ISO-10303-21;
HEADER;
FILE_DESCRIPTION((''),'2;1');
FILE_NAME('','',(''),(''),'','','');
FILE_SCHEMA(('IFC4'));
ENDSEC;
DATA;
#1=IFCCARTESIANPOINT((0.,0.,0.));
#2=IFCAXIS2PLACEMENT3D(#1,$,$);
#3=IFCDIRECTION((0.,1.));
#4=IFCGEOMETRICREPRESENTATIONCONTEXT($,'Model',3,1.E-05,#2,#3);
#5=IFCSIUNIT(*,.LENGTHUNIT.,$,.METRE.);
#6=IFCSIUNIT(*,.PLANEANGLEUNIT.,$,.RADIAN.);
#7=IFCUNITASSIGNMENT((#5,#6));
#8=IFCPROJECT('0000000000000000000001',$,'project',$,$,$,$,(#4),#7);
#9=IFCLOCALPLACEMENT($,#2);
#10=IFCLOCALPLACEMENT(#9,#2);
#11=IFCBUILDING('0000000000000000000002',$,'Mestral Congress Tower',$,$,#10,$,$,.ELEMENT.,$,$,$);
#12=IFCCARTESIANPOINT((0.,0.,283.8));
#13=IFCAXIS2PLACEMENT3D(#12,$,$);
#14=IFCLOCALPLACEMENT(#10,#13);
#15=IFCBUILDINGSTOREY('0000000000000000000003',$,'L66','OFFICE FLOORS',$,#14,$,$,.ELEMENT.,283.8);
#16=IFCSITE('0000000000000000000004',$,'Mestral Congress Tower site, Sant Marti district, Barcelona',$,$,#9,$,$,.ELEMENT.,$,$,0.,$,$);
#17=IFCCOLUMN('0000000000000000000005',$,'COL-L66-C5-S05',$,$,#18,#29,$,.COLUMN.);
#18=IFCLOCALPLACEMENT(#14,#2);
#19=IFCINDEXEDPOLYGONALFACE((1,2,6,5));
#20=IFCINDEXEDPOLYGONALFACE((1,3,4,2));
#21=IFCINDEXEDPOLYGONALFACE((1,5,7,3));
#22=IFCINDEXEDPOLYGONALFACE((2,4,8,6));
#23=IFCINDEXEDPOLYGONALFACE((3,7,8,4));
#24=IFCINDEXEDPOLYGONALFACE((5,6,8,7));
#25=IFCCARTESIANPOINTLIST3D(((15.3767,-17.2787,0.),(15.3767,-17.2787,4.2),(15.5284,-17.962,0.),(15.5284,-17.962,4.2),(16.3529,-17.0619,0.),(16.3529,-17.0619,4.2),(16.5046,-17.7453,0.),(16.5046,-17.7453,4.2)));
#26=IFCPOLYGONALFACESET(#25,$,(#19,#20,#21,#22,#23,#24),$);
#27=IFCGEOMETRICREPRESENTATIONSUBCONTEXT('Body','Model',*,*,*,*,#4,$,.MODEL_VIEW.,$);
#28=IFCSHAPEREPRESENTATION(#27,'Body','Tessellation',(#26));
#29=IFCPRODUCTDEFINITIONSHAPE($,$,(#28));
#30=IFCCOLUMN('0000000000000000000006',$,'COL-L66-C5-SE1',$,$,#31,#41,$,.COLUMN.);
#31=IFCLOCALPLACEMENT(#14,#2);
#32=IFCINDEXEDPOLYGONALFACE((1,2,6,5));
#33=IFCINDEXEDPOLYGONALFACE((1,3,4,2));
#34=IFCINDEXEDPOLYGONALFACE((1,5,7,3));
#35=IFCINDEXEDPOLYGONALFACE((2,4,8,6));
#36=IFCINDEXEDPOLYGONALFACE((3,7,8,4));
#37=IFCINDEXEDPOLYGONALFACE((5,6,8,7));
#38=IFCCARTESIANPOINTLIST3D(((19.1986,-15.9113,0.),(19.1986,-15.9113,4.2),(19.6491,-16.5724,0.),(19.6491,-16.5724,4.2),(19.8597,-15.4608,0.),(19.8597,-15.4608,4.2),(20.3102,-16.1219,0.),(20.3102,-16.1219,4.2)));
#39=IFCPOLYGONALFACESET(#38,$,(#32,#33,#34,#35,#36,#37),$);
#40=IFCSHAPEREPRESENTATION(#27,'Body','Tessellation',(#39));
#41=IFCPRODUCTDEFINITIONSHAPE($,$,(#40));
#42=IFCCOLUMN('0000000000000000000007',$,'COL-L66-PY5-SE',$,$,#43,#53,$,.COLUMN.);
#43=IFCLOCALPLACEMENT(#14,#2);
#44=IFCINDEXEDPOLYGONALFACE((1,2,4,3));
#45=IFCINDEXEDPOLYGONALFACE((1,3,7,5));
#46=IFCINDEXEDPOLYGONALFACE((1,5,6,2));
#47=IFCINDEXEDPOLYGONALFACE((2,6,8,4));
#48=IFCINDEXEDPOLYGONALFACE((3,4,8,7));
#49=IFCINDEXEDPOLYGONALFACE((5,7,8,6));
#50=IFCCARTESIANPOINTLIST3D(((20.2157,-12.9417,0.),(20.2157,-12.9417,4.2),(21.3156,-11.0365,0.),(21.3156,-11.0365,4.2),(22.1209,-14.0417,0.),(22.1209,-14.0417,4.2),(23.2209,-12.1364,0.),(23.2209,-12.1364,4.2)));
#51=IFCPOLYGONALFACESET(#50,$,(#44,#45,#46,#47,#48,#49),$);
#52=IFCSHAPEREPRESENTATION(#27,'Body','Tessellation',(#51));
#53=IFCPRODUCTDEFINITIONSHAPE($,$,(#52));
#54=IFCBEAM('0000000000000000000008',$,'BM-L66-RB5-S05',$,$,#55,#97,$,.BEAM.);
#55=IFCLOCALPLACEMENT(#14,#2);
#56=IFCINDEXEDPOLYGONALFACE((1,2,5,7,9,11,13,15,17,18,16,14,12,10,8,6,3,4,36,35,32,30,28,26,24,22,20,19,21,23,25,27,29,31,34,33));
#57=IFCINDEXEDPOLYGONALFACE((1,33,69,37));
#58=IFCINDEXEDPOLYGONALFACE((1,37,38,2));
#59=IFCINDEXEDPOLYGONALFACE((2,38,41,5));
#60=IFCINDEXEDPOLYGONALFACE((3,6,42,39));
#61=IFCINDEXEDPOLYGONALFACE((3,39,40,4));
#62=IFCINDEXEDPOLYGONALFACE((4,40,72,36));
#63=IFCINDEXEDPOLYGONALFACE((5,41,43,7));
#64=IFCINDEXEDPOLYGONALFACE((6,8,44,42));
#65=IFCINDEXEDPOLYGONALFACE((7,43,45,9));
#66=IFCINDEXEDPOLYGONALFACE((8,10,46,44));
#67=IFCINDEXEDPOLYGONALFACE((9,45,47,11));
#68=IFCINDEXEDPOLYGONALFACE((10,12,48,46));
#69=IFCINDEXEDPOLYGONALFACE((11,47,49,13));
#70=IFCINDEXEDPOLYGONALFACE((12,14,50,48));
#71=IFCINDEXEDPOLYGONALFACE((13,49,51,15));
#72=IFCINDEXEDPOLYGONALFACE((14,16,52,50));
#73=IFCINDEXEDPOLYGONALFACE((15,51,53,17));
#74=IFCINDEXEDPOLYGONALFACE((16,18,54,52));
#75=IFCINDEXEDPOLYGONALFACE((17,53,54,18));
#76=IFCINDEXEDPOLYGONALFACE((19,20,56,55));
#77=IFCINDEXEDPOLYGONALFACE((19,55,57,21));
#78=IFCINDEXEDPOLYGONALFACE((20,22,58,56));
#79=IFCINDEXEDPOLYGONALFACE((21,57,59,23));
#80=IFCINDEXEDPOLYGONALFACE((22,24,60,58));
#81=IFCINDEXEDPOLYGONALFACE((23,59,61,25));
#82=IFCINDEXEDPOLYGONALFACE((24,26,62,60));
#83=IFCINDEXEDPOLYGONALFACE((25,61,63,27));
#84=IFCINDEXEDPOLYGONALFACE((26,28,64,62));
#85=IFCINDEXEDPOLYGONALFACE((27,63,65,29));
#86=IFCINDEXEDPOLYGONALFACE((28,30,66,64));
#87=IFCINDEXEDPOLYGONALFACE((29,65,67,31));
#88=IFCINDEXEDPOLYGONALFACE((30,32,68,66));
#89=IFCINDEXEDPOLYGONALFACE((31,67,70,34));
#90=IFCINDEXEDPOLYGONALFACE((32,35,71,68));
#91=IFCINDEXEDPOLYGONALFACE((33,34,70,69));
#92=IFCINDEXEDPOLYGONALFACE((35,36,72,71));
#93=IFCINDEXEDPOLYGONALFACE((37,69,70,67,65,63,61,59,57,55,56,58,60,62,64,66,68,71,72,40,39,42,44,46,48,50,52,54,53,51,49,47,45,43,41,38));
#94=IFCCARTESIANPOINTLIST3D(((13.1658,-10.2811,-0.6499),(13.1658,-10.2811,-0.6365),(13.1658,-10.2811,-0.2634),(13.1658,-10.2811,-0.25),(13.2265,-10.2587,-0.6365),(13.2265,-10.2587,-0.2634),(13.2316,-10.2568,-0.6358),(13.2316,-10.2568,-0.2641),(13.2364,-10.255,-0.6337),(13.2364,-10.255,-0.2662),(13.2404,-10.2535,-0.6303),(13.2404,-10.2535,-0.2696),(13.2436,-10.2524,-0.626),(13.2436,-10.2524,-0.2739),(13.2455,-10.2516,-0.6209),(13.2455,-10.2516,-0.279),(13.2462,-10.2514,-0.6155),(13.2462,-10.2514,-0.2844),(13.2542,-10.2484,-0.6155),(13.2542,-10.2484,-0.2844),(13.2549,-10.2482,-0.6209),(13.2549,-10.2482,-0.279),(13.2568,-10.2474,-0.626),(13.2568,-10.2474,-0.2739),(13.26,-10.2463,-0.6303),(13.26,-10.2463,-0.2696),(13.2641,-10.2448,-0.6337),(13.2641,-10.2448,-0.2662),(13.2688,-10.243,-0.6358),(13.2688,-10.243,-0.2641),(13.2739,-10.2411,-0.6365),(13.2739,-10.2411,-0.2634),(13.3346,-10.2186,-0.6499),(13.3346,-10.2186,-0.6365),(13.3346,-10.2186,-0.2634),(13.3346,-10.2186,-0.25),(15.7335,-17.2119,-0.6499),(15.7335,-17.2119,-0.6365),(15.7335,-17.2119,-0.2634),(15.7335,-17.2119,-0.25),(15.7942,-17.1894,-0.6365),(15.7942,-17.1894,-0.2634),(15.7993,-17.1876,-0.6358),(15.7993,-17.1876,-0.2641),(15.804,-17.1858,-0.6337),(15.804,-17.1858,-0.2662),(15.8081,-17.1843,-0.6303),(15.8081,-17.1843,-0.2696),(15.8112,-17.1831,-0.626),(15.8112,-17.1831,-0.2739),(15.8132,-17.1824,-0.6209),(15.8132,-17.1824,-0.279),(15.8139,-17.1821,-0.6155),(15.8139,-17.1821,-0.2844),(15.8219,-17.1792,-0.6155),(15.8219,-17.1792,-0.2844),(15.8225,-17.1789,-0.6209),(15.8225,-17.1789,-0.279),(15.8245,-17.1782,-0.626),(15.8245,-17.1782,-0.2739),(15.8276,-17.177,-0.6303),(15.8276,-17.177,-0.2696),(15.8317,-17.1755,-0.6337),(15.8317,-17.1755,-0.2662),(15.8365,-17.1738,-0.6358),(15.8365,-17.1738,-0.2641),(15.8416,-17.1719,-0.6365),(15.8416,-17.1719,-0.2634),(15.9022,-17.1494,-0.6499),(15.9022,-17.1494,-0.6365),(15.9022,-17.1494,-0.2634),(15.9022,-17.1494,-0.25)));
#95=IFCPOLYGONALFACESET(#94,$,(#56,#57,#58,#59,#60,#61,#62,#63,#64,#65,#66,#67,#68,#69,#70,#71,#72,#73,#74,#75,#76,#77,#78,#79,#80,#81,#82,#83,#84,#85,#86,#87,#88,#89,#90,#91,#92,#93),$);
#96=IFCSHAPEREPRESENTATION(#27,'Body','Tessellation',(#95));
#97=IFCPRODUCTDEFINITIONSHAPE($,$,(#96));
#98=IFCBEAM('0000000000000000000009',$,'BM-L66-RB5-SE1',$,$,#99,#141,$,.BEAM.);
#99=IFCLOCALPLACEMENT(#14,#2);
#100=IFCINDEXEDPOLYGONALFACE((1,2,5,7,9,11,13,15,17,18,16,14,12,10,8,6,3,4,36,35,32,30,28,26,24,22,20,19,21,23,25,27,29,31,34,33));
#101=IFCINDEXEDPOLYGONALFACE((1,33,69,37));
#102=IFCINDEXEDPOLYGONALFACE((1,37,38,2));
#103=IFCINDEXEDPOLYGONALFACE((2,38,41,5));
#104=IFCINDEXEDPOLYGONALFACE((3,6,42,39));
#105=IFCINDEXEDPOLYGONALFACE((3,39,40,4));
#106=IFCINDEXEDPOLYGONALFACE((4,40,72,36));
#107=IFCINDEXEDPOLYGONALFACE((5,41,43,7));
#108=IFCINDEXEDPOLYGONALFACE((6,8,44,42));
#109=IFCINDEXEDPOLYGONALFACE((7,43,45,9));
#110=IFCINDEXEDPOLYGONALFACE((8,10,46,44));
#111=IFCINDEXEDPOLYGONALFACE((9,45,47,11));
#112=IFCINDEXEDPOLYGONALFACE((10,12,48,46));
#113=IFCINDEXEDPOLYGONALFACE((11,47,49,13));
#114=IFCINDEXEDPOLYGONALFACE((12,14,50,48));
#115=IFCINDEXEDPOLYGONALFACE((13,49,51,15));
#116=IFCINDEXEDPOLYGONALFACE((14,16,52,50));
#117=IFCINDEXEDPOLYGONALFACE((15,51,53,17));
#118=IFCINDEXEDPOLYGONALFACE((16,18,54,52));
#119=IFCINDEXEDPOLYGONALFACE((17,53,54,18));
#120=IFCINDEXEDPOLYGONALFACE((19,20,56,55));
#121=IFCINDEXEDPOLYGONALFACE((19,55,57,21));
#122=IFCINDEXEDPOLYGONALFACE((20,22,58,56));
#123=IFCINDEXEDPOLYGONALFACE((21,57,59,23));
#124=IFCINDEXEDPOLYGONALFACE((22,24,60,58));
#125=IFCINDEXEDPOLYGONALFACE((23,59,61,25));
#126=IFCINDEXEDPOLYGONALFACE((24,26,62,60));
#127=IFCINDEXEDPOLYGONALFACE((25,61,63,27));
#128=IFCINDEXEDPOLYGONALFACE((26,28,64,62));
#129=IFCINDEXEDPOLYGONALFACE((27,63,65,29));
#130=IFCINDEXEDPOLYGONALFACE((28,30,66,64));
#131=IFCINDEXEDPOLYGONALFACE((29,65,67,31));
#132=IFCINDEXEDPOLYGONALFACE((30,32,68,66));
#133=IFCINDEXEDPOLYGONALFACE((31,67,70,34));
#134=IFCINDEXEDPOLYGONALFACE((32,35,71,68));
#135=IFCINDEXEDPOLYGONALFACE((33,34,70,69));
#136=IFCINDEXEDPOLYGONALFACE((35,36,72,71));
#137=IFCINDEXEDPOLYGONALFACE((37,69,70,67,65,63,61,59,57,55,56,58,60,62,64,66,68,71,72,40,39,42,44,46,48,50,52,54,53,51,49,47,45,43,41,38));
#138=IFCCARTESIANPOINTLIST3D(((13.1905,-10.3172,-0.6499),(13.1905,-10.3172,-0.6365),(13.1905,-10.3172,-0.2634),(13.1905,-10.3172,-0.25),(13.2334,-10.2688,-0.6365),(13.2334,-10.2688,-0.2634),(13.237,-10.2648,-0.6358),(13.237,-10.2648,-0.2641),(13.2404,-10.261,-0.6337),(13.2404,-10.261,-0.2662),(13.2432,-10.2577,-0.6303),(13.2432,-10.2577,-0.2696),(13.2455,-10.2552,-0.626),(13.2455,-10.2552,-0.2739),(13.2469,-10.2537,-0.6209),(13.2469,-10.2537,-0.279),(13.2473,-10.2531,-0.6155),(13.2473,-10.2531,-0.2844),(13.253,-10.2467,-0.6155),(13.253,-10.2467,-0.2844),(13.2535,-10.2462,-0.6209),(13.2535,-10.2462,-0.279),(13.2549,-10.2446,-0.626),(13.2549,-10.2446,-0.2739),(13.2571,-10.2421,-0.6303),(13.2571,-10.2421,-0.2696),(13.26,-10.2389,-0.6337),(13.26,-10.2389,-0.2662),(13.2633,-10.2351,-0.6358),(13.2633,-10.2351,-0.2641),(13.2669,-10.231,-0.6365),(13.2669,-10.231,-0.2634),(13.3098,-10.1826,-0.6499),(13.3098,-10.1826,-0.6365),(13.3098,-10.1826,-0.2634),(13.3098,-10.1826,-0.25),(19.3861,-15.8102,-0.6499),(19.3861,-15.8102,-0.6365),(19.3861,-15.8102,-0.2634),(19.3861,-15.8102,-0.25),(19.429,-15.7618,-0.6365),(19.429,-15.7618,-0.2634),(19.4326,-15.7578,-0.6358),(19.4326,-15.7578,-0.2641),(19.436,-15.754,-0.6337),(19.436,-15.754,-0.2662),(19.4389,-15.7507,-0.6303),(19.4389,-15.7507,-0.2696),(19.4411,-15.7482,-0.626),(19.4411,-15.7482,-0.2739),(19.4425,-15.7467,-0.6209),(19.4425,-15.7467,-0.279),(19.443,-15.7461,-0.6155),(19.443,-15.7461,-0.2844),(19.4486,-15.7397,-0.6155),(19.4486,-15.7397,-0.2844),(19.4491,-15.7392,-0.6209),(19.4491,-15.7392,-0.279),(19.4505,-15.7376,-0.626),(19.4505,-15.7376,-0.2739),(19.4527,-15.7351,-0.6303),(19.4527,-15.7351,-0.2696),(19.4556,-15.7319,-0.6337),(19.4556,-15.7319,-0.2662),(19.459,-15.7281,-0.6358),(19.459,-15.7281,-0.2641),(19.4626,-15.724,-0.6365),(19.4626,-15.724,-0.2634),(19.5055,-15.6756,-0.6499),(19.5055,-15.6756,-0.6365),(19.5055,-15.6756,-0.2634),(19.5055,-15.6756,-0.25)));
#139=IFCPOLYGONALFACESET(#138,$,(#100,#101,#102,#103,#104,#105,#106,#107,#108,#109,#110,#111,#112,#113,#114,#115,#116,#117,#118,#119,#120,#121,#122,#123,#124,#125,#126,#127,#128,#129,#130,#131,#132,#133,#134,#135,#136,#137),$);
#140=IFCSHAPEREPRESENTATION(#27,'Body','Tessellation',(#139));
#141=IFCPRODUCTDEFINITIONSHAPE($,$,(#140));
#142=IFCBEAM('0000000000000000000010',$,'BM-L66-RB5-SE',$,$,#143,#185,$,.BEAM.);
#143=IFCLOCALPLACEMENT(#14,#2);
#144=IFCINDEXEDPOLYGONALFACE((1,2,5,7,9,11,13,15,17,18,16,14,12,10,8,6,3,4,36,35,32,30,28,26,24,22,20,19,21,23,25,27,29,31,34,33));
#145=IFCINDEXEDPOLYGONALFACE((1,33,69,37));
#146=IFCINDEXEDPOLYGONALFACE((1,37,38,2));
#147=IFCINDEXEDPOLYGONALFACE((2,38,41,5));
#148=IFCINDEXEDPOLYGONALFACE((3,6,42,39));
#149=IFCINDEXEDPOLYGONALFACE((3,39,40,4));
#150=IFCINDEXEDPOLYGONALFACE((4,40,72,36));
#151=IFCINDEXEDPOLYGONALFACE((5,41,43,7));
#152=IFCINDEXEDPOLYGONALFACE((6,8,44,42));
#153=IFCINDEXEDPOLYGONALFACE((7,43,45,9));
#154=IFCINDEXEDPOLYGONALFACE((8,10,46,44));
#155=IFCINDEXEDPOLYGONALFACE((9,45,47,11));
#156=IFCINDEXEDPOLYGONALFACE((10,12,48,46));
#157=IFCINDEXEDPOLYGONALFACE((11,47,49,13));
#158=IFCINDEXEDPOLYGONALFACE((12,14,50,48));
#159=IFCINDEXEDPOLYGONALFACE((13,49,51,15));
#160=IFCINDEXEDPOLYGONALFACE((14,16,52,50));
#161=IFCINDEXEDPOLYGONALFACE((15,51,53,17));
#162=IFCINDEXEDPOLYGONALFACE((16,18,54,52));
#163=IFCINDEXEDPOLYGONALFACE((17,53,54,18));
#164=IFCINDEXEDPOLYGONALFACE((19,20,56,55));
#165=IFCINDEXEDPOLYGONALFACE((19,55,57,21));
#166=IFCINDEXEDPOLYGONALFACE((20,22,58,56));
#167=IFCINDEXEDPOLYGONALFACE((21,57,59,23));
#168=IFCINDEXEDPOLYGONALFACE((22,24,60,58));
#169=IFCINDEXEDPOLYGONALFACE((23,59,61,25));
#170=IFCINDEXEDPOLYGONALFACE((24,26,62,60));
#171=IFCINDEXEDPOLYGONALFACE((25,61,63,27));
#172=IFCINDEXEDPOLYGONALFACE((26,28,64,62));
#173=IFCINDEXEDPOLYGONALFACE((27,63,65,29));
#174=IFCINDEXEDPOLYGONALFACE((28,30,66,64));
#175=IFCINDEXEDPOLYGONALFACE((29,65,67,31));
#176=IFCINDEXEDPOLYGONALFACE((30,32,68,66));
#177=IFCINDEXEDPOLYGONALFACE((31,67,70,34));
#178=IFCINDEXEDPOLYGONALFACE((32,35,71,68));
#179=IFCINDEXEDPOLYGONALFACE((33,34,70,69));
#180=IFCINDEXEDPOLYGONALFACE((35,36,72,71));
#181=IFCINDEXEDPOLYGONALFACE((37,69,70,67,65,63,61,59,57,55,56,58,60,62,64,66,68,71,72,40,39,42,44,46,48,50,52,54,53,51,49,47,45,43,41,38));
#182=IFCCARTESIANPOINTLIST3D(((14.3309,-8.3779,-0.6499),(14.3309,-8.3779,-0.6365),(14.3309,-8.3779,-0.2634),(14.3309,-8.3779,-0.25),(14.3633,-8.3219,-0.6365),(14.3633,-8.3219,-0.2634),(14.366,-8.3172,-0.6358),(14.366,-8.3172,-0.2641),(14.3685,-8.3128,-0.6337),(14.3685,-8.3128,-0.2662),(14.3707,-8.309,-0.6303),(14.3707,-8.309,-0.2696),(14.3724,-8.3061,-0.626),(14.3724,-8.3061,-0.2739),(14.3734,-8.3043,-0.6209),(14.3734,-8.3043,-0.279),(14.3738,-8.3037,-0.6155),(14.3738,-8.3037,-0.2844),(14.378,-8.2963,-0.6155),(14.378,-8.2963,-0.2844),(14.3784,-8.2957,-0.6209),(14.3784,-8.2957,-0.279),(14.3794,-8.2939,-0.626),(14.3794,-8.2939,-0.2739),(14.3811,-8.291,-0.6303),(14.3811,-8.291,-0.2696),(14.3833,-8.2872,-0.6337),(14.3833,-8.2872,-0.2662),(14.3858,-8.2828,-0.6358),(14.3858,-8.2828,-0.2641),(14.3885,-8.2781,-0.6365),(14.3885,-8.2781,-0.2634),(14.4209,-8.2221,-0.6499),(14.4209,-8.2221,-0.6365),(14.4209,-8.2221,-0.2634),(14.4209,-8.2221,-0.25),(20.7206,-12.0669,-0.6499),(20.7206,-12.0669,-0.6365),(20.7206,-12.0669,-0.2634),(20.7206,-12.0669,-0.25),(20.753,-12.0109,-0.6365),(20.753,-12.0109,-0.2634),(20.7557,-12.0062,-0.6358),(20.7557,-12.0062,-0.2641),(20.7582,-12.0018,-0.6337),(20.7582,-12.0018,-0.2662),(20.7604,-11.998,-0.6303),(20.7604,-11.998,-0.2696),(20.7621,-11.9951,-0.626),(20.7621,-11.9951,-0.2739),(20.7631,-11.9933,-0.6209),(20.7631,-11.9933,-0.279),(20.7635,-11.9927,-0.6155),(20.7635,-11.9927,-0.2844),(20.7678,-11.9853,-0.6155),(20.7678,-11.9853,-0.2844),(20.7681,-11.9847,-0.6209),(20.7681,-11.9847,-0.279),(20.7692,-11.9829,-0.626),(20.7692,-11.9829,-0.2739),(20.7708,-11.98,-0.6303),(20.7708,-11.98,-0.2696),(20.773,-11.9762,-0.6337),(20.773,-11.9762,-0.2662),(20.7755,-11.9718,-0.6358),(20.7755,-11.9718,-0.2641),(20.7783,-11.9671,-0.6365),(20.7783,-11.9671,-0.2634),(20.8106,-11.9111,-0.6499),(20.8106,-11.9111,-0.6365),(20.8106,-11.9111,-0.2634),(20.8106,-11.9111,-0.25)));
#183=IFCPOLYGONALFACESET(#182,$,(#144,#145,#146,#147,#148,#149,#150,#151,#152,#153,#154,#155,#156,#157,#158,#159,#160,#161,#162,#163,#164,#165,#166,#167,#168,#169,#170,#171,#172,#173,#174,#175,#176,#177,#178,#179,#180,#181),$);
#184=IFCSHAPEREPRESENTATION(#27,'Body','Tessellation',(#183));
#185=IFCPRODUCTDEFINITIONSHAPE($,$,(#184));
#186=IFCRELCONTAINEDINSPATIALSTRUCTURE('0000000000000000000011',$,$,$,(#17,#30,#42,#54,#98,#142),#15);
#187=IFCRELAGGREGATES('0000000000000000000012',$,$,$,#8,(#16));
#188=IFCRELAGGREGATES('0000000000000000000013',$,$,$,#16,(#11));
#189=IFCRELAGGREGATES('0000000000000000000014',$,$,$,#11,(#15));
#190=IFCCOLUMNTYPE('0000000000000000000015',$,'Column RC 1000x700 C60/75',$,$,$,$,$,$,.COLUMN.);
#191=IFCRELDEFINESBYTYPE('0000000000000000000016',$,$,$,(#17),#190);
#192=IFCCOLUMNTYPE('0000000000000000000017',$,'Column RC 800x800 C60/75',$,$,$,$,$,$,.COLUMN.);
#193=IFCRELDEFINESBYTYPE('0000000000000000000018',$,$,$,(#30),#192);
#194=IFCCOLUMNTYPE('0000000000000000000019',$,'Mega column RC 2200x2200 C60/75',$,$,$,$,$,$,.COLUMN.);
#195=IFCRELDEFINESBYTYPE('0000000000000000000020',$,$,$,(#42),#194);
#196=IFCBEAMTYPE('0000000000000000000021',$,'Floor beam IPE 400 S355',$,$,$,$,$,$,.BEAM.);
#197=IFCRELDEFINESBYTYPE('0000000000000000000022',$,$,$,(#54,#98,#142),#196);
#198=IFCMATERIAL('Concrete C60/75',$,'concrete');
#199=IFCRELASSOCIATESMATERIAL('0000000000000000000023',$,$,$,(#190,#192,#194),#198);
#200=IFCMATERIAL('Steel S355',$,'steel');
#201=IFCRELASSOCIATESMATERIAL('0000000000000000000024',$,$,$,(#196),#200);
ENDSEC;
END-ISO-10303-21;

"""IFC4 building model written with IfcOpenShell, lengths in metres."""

from ifc_helpers import new_model, si_unit, direction, frame, origin, origin_2d, place, context, subcontext, project, spatial, rectangle, i_section, extrude, material, material_profile, profile_set, type_object, element, save


model = new_model("IFC4")

# Units and contexts
model_context = context("Model", 3, precision=1e-05, world=origin(), true_north=direction((0.0, 1.0)))
body_context = subcontext(model_context, "Body", "Model", "MODEL_VIEW")
ifc_project = project(units=[si_unit("LENGTHUNIT", "METRE"), si_unit("PLANEANGLEUNIT", "RADIAN")], contexts=[model_context])

# Site, building, storey
site_placement = place(None, origin())
site = spatial("IfcSite", under=ifc_project, at=site_placement, Name="Mestral Congress Tower site, Sant Marti district, Barcelona", CompositionType="ELEMENT", RefElevation=0.0)
building_placement = place(site_placement, origin())
building = spatial("IfcBuilding", under=site, at=building_placement, Name="Mestral Congress Tower", CompositionType="ELEMENT")
storey_placement = place(building_placement, frame((0.0, 0.0, 283.8)))
storey = spatial("IfcBuildingStorey", under=building, at=storey_placement, Name="L66", Description="OFFICE FLOORS", CompositionType="ELEMENT", Elevation=283.8)

# Columns
ifc_material_1 = material(Name="Concrete C60/75", Category="concrete")
ifc_material_profile_1 = material_profile(ifc_material_1, rectangle(XDim=1.0, YDim=0.7, at=origin_2d()), Name="RC 1000x700")
ifc_profile_set_1 = profile_set([ifc_material_profile_1], Name="Concrete C60/75")
column_type_1 = type_object("IfcColumnType", Name="Column RC 1000x700 C60/75", PredefinedType="COLUMN", material=ifc_profile_set_1)
column_1_placement = place(storey_placement, frame((15.9407, -17.512, 0.0), z_axis=(0.0, 0.0, 1.0), x_axis=(0.976234, 0.216721, 0.0)))
element("IfcColumn", 1, at=column_1_placement, inside=storey, type_object=column_type_1, Name="COL-L66-C5-S05", PredefinedType="COLUMN", context=body_context, shape_type="SweptSolid", body=[
    extrude(rectangle(XDim=1.0, YDim=0.7, at=origin_2d()), origin(), (0.0, 0.0, 1.0), 4.2),
])
ifc_material_profile_2 = material_profile(ifc_material_1, rectangle(XDim=0.8, YDim=0.8, at=origin_2d()), Name="RC 800x800")
ifc_profile_set_2 = profile_set([ifc_material_profile_2], Name="Concrete C60/75")
column_type_2 = type_object("IfcColumnType", Name="Column RC 800x800 C60/75", PredefinedType="COLUMN", material=ifc_profile_set_2)
column_2_placement = place(storey_placement, frame((19.7544, -16.0166, 0.0), z_axis=(0.0, 0.0, 1.0), x_axis=(0.826363, 0.563138, 0.0)))
element("IfcColumn", 2, at=column_2_placement, inside=storey, type_object=column_type_2, Name="COL-L66-C5-SE1", PredefinedType="COLUMN", context=body_context, shape_type="SweptSolid", body=[
    extrude(rectangle(XDim=0.8, YDim=0.8, at=origin_2d()), origin(), (0.0, 0.0, 1.0), 4.2),
])
ifc_material_profile_3 = material_profile(ifc_material_1, rectangle(XDim=2.2, YDim=2.2, at=origin_2d()), Name="RC 2200x2200")
ifc_profile_set_3 = profile_set([ifc_material_profile_3], Name="Concrete C60/75")
column_type_3 = type_object("IfcColumnType", Name="Mega column RC 2200x2200 C60/75", PredefinedType="COLUMN", material=ifc_profile_set_3)
column_3_placement = place(storey_placement, frame((21.7183, -12.5391, 0.0), z_axis=(0.0, 0.0, 1.0), x_axis=(0.866025, -0.5, 0.0)))
element("IfcColumn", 3, at=column_3_placement, inside=storey, type_object=column_type_3, Name="COL-L66-PY5-SE", PredefinedType="COLUMN", context=body_context, shape_type="SweptSolid", body=[
    extrude(rectangle(XDim=2.2, YDim=2.2, at=origin_2d()), origin(), (0.0, 0.0, 1.0), 4.2),
])

# Beams
ifc_material_2 = material(Name="Steel S355", Category="steel")
ifc_material_profile_4 = material_profile(ifc_material_2, i_section(OverallWidth=0.1799, OverallDepth=0.3999, WebThickness=0.0085, FlangeThickness=0.0134, FilletRadius=0.021, at=origin_2d()), Name="IPE 400")
ifc_profile_set_4 = profile_set([ifc_material_profile_4], Name="Steel S355")
beam_type_1 = type_object("IfcBeamType", Name="Floor beam IPE 400 S355", PredefinedType="BEAM", material=ifc_profile_set_4)
beam_1_placement = place(storey_placement, frame((15.8179, -17.1807, -0.45), z_axis=(-0.347399, 0.937717, 0.0), x_axis=(-0.937717, -0.347399, 0.0)))
element("IfcBeam", 4, at=beam_1_placement, inside=storey, type_object=beam_type_1, Name="BM-L66-RB5-S05", PredefinedType="BEAM", context=body_context, shape_type="SweptSolid", body=[
    extrude(i_section(OverallWidth=0.1799, OverallDepth=0.3999, WebThickness=0.0085, FlangeThickness=0.0134, FilletRadius=0.021, at=origin_2d()), origin(), (0.0, 0.0, 1.0), 7.3911),
])
beam_2_placement = place(storey_placement, frame((19.4458, -15.7429, -0.45), z_axis=(-0.748263, 0.663402, 0.0), x_axis=(-0.663402, -0.748263, 0.0)))
element("IfcBeam", 5, at=beam_2_placement, inside=storey, type_object=beam_type_1, Name="BM-L66-RB5-SE1", PredefinedType="BEAM", context=body_context, shape_type="SweptSolid", body=[
    extrude(i_section(OverallWidth=0.1799, OverallDepth=0.3999, WebThickness=0.0085, FlangeThickness=0.0134, FilletRadius=0.021, at=origin_2d()), origin(), (0.0, 0.0, 1.0), 8.28),
])
beam_3_placement = place(storey_placement, frame((20.7656, -11.989, -0.45), z_axis=(-0.866031, 0.49999, 0.0), x_axis=(-0.49999, -0.866031, 0.0)))
element("IfcBeam", 6, at=beam_3_placement, inside=storey, type_object=beam_type_1, Name="BM-L66-RB5-SE", PredefinedType="BEAM", context=body_context, shape_type="SweptSolid", body=[
    extrude(i_section(OverallWidth=0.1799, OverallDepth=0.3999, WebThickness=0.0085, FlangeThickness=0.0134, FilletRadius=0.021, at=origin_2d()), origin(), (0.0, 0.0, 1.0), 7.3782),
])

save(model, "model.ifc")
